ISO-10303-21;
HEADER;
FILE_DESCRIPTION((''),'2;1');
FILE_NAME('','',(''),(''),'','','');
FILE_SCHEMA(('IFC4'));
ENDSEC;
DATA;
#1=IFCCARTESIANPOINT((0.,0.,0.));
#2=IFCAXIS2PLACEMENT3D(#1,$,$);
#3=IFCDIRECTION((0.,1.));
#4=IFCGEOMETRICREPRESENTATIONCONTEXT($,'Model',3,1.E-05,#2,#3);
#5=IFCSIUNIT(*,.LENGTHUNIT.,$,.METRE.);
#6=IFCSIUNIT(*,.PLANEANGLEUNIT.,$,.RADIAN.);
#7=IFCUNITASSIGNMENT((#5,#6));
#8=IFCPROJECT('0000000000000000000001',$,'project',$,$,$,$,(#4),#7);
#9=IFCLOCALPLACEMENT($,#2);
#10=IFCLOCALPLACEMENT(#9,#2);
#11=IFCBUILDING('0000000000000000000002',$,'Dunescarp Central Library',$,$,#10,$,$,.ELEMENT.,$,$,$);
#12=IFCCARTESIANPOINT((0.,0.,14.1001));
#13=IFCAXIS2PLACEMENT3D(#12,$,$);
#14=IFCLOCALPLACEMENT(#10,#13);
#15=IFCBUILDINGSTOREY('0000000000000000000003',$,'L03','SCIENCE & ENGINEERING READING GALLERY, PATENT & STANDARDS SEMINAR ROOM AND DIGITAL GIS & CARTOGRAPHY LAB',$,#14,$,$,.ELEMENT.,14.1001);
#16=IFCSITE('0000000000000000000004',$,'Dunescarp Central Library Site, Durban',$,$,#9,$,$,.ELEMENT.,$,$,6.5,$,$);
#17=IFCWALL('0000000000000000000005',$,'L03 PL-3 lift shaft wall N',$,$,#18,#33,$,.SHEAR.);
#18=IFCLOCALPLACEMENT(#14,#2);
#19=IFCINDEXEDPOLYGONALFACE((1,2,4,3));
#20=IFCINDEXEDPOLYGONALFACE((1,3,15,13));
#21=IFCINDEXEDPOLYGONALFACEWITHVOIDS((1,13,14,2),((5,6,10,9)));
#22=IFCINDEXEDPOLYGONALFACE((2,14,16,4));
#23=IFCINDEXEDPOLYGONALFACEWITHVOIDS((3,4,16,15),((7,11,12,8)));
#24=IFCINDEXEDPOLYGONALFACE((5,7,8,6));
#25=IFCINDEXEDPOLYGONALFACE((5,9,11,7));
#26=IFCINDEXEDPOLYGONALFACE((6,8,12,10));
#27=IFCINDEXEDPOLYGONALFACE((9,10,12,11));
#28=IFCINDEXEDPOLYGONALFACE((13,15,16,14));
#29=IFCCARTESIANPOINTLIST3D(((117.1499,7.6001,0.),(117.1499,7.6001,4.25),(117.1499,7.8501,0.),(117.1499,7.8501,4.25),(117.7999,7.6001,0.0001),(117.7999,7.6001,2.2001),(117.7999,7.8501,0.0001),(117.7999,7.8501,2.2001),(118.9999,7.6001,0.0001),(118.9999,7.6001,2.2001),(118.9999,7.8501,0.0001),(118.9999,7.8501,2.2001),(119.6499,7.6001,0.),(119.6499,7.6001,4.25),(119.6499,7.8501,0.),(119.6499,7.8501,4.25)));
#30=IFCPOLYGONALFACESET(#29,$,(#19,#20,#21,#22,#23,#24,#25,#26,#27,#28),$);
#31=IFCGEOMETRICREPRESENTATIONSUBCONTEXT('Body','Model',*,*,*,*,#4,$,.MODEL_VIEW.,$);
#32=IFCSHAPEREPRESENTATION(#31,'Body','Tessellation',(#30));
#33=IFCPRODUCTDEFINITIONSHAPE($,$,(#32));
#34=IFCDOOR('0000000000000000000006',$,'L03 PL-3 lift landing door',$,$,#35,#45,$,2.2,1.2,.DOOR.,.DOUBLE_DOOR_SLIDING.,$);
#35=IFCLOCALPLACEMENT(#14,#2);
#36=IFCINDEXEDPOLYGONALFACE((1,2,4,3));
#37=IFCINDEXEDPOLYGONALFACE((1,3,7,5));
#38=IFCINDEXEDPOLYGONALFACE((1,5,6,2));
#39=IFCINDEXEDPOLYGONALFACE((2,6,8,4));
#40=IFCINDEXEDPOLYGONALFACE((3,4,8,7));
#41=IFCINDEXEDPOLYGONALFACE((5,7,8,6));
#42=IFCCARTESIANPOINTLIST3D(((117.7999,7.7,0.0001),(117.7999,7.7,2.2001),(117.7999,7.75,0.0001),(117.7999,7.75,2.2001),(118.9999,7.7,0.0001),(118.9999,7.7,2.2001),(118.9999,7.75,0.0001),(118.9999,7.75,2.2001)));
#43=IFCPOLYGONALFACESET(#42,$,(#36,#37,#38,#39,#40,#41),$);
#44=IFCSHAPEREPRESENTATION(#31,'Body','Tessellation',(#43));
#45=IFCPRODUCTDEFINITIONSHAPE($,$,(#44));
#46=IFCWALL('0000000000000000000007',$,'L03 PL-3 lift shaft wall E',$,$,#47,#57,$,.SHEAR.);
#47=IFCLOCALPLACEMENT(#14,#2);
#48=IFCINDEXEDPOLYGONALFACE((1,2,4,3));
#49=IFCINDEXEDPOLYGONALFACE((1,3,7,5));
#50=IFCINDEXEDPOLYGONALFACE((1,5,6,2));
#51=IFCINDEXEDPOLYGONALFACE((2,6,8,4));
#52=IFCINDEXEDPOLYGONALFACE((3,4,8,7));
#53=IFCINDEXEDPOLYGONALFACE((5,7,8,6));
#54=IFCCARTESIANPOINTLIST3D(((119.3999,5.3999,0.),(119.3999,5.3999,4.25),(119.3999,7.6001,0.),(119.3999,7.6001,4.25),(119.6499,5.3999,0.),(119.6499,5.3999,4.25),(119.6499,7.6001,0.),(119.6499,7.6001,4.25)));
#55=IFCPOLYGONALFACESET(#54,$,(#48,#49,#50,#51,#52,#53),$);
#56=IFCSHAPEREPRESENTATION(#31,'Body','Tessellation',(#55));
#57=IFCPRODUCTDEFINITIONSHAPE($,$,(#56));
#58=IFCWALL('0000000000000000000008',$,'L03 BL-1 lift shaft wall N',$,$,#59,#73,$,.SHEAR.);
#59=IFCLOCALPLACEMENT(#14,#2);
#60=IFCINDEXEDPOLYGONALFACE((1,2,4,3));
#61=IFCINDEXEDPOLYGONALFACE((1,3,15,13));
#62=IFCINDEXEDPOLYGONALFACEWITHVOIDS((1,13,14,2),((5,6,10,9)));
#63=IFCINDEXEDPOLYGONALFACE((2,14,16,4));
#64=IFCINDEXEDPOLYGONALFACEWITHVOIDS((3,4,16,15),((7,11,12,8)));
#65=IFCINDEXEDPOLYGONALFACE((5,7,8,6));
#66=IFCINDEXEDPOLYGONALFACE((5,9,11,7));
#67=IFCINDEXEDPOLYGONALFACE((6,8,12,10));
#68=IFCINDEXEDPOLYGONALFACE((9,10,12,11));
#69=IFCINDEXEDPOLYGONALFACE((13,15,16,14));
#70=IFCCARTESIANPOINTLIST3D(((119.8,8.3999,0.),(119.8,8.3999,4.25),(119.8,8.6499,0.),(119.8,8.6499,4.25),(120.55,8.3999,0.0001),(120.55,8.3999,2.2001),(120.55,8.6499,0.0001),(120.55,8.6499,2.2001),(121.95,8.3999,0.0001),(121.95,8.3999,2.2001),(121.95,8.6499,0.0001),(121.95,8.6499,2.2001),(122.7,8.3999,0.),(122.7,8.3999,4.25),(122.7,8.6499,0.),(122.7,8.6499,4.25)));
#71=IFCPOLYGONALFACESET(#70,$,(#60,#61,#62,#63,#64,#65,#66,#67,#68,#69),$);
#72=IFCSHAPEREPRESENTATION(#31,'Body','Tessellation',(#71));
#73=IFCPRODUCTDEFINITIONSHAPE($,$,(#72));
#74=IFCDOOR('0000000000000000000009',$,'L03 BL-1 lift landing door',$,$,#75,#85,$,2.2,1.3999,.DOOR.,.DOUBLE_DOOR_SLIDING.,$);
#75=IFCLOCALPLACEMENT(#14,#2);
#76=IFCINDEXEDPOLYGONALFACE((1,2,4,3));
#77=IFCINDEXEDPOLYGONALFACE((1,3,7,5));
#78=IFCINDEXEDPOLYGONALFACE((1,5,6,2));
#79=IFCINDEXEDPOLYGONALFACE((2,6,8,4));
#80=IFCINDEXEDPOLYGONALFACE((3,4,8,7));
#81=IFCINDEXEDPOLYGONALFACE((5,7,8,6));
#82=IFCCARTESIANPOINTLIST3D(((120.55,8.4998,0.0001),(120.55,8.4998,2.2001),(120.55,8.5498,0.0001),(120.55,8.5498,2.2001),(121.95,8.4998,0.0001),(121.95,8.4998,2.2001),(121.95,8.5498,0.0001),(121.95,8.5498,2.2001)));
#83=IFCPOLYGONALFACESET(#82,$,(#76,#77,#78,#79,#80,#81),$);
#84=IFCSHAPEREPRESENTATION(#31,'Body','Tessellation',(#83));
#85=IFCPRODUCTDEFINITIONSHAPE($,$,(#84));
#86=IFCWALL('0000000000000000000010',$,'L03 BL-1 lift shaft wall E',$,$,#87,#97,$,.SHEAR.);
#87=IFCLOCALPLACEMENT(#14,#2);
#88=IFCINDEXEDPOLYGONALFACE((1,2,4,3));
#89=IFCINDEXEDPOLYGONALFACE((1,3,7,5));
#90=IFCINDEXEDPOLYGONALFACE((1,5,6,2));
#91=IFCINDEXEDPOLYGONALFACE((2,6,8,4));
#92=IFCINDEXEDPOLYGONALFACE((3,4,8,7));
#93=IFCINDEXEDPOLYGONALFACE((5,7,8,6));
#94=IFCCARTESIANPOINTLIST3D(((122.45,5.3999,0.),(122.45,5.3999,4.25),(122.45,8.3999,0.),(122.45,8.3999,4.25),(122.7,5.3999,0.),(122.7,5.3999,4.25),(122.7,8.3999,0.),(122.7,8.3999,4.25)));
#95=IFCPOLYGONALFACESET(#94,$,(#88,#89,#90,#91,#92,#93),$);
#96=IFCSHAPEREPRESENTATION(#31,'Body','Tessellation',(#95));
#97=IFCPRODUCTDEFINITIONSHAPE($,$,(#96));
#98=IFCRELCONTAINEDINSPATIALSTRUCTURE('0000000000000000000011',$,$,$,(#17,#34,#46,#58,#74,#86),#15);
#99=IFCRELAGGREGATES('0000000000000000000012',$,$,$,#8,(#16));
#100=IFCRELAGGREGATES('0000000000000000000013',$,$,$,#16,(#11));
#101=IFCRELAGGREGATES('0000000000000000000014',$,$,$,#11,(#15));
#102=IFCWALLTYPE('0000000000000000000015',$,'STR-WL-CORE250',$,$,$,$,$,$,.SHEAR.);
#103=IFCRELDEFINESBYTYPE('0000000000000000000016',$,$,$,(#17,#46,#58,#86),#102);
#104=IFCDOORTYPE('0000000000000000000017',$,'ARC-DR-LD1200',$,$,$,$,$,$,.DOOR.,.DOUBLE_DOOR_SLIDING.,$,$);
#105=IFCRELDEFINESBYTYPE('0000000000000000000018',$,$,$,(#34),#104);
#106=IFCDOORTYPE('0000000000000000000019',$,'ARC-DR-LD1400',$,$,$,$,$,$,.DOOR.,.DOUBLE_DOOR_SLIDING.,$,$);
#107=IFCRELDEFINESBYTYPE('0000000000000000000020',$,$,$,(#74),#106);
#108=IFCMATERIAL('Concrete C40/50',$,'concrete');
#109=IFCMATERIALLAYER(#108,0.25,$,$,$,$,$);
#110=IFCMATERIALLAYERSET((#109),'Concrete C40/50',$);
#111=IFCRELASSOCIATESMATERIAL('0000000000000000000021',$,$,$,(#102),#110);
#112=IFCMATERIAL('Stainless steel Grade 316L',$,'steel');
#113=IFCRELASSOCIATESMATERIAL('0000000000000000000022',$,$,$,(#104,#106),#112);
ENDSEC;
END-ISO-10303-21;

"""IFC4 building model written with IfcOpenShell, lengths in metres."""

from ifc_helpers import new_model, si_unit, direction, frame, frame_2d, origin, place, context, subcontext, project, spatial, rectangle, extrude, material, layer, layer_set, type_object, element, fill, save


model = new_model("IFC4")

# Units and contexts
model_context = context("Model", 3, precision=1e-05, world=origin(), true_north=direction((0.0, 1.0)))
body_context = subcontext(model_context, "Body", "Model", "MODEL_VIEW")
ifc_project = project(units=[si_unit("LENGTHUNIT", "METRE"), si_unit("PLANEANGLEUNIT", "RADIAN")], contexts=[model_context])

# Site, building, storey
site_placement = place(None, origin())
site = spatial("IfcSite", under=ifc_project, at=site_placement, Name="Dunescarp Central Library Site, Durban", CompositionType="ELEMENT", RefElevation=6.5)
building_placement = place(site_placement, origin())
building = spatial("IfcBuilding", under=site, at=building_placement, Name="Dunescarp Central Library", CompositionType="ELEMENT")
storey_placement = place(building_placement, frame((0.0, 0.0, 14.1001)))
storey = spatial("IfcBuildingStorey", under=building, at=storey_placement, Name="L03", Description="SCIENCE & ENGINEERING READING GALLERY, PATENT & STANDARDS SEMINAR ROOM AND DIGITAL GIS & CARTOGRAPHY LAB", CompositionType="ELEMENT", Elevation=14.1001)

# Wall, opening, door
ifc_material_1 = material(Name="Concrete C40/50", Category="concrete")
ifc_layer_1 = layer(ifc_material_1, 0.25)
ifc_layer_set_1 = layer_set([ifc_layer_1], Name="Concrete C40/50")
wall_type_1 = type_object("IfcWallType", Name="STR-WL-CORE250", PredefinedType="SHEAR", material=ifc_layer_set_1)
wall_1_placement = place(storey_placement, frame((117.1499, 7.7251, 0.0), z_axis=(0.0, 0.0, 1.0), x_axis=(1.0, 0.0, 0.0)))
wall_1 = element("IfcWall", 1, at=wall_1_placement, inside=storey, type_object=wall_type_1, Name="L03 PL-3 lift shaft wall N", PredefinedType="SHEAR", context=body_context, shape_type="SweptSolid", body=[
    extrude(rectangle(XDim=2.5, YDim=0.25, at=frame_2d((1.25, 0.0))), origin(), (0.0, 0.0, 1.0), 4.25),
])
opening_1_placement = place(wall_1_placement, frame((0.6499, 0.0, 0.0)))
opening_1 = element("IfcOpeningElement", 2, at=opening_1_placement, cuts=wall_1, PredefinedType="OPENING", context=body_context, shape_type="SweptSolid", body=[
    extrude(rectangle(XDim=1.2, YDim=2.2, at=frame_2d((0.6001, 1.1001))), frame((0.0, 0.135, 0.0), z_axis=(0.0, -1.0, 0.0), x_axis=(1.0, 0.0, 0.0)), (0.0, 0.0, 1.0), 0.27),
])
ifc_material_2 = material(Name="Stainless steel Grade 316L", Category="steel")
door_type_1 = type_object("IfcDoorType", Name="ARC-DR-LD1200", OperationType="DOUBLE_DOOR_SLIDING", PredefinedType="DOOR", material=ifc_material_2)
door_1_placement = place(opening_1_placement, origin())
door_1 = element("IfcDoor", 3, at=door_1_placement, inside=storey, type_object=door_type_1, Name="L03 PL-3 lift landing door", OperationType="DOUBLE_DOOR_SLIDING", OverallHeight=2.2, OverallWidth=1.2, PredefinedType="DOOR", context=body_context, shape_type="SweptSolid", body=[
    extrude(rectangle(XDim=1.2, YDim=2.2, at=frame_2d((0.6001, 1.1001))), frame((0.0, 0.0249, 0.0), z_axis=(0.0, -1.0, 0.0), x_axis=(1.0, 0.0, 0.0)), (0.0, 0.0, 1.0), 0.05),
])
fill(opening_1, door_1)

# Wall
wall_2_placement = place(storey_placement, frame((119.5249, 7.6001, 0.0), z_axis=(0.0, 0.0, 1.0), x_axis=(0.0, -1.0, 0.0)))
element("IfcWall", 4, at=wall_2_placement, inside=storey, type_object=wall_type_1, Name="L03 PL-3 lift shaft wall E", PredefinedType="SHEAR", context=body_context, shape_type="SweptSolid", body=[
    extrude(rectangle(XDim=2.2002, YDim=0.25, at=frame_2d((1.1001, 0.0))), origin(), (0.0, 0.0, 1.0), 4.25),
])

# Wall, opening, door
wall_3_placement = place(storey_placement, frame((119.8, 8.5249, 0.0), z_axis=(0.0, 0.0, 1.0), x_axis=(1.0, 0.0, 0.0)))
wall_3 = element("IfcWall", 5, at=wall_3_placement, inside=storey, type_object=wall_type_1, Name="L03 BL-1 lift shaft wall N", PredefinedType="SHEAR", context=body_context, shape_type="SweptSolid", body=[
    extrude(rectangle(XDim=2.8999, YDim=0.25, at=frame_2d((1.45, 0.0))), origin(), (0.0, 0.0, 1.0), 4.25),
])
opening_2_placement = place(wall_3_placement, frame((0.75, 0.0, 0.0)))
opening_2 = element("IfcOpeningElement", 6, at=opening_2_placement, cuts=wall_3, PredefinedType="OPENING", context=body_context, shape_type="SweptSolid", body=[
    extrude(rectangle(XDim=1.3999, YDim=2.2, at=frame_2d((0.7, 1.1001))), frame((0.0, 0.135, 0.0), z_axis=(0.0, -1.0, 0.0), x_axis=(1.0, 0.0, 0.0)), (0.0, 0.0, 1.0), 0.27),
])
door_type_2 = type_object("IfcDoorType", Name="ARC-DR-LD1400", OperationType="DOUBLE_DOOR_SLIDING", PredefinedType="DOOR", material=ifc_material_2)
door_2_placement = place(opening_2_placement, origin())
door_2 = element("IfcDoor", 7, at=door_2_placement, inside=storey, type_object=door_type_2, Name="L03 BL-1 lift landing door", OperationType="DOUBLE_DOOR_SLIDING", OverallHeight=2.2, OverallWidth=1.3999, PredefinedType="DOOR", context=body_context, shape_type="SweptSolid", body=[
    extrude(rectangle(XDim=1.3999, YDim=2.2, at=frame_2d((0.7, 1.1001))), frame((0.0, 0.0249, 0.0), z_axis=(0.0, -1.0, 0.0), x_axis=(1.0, 0.0, 0.0)), (0.0, 0.0, 1.0), 0.05),
])
fill(opening_2, door_2)

# Wall
wall_4_placement = place(storey_placement, frame((122.575, 8.3999, 0.0), z_axis=(0.0, 0.0, 1.0), x_axis=(0.0, -1.0, 0.0)))
element("IfcWall", 8, at=wall_4_placement, inside=storey, type_object=wall_type_1, Name="L03 BL-1 lift shaft wall E", PredefinedType="SHEAR", context=body_context, shape_type="SweptSolid", body=[
    extrude(rectangle(XDim=3.0, YDim=0.25, at=frame_2d((1.5, 0.0))), origin(), (0.0, 0.0, 1.0), 4.25),
])

save(model, "model.ifc")
